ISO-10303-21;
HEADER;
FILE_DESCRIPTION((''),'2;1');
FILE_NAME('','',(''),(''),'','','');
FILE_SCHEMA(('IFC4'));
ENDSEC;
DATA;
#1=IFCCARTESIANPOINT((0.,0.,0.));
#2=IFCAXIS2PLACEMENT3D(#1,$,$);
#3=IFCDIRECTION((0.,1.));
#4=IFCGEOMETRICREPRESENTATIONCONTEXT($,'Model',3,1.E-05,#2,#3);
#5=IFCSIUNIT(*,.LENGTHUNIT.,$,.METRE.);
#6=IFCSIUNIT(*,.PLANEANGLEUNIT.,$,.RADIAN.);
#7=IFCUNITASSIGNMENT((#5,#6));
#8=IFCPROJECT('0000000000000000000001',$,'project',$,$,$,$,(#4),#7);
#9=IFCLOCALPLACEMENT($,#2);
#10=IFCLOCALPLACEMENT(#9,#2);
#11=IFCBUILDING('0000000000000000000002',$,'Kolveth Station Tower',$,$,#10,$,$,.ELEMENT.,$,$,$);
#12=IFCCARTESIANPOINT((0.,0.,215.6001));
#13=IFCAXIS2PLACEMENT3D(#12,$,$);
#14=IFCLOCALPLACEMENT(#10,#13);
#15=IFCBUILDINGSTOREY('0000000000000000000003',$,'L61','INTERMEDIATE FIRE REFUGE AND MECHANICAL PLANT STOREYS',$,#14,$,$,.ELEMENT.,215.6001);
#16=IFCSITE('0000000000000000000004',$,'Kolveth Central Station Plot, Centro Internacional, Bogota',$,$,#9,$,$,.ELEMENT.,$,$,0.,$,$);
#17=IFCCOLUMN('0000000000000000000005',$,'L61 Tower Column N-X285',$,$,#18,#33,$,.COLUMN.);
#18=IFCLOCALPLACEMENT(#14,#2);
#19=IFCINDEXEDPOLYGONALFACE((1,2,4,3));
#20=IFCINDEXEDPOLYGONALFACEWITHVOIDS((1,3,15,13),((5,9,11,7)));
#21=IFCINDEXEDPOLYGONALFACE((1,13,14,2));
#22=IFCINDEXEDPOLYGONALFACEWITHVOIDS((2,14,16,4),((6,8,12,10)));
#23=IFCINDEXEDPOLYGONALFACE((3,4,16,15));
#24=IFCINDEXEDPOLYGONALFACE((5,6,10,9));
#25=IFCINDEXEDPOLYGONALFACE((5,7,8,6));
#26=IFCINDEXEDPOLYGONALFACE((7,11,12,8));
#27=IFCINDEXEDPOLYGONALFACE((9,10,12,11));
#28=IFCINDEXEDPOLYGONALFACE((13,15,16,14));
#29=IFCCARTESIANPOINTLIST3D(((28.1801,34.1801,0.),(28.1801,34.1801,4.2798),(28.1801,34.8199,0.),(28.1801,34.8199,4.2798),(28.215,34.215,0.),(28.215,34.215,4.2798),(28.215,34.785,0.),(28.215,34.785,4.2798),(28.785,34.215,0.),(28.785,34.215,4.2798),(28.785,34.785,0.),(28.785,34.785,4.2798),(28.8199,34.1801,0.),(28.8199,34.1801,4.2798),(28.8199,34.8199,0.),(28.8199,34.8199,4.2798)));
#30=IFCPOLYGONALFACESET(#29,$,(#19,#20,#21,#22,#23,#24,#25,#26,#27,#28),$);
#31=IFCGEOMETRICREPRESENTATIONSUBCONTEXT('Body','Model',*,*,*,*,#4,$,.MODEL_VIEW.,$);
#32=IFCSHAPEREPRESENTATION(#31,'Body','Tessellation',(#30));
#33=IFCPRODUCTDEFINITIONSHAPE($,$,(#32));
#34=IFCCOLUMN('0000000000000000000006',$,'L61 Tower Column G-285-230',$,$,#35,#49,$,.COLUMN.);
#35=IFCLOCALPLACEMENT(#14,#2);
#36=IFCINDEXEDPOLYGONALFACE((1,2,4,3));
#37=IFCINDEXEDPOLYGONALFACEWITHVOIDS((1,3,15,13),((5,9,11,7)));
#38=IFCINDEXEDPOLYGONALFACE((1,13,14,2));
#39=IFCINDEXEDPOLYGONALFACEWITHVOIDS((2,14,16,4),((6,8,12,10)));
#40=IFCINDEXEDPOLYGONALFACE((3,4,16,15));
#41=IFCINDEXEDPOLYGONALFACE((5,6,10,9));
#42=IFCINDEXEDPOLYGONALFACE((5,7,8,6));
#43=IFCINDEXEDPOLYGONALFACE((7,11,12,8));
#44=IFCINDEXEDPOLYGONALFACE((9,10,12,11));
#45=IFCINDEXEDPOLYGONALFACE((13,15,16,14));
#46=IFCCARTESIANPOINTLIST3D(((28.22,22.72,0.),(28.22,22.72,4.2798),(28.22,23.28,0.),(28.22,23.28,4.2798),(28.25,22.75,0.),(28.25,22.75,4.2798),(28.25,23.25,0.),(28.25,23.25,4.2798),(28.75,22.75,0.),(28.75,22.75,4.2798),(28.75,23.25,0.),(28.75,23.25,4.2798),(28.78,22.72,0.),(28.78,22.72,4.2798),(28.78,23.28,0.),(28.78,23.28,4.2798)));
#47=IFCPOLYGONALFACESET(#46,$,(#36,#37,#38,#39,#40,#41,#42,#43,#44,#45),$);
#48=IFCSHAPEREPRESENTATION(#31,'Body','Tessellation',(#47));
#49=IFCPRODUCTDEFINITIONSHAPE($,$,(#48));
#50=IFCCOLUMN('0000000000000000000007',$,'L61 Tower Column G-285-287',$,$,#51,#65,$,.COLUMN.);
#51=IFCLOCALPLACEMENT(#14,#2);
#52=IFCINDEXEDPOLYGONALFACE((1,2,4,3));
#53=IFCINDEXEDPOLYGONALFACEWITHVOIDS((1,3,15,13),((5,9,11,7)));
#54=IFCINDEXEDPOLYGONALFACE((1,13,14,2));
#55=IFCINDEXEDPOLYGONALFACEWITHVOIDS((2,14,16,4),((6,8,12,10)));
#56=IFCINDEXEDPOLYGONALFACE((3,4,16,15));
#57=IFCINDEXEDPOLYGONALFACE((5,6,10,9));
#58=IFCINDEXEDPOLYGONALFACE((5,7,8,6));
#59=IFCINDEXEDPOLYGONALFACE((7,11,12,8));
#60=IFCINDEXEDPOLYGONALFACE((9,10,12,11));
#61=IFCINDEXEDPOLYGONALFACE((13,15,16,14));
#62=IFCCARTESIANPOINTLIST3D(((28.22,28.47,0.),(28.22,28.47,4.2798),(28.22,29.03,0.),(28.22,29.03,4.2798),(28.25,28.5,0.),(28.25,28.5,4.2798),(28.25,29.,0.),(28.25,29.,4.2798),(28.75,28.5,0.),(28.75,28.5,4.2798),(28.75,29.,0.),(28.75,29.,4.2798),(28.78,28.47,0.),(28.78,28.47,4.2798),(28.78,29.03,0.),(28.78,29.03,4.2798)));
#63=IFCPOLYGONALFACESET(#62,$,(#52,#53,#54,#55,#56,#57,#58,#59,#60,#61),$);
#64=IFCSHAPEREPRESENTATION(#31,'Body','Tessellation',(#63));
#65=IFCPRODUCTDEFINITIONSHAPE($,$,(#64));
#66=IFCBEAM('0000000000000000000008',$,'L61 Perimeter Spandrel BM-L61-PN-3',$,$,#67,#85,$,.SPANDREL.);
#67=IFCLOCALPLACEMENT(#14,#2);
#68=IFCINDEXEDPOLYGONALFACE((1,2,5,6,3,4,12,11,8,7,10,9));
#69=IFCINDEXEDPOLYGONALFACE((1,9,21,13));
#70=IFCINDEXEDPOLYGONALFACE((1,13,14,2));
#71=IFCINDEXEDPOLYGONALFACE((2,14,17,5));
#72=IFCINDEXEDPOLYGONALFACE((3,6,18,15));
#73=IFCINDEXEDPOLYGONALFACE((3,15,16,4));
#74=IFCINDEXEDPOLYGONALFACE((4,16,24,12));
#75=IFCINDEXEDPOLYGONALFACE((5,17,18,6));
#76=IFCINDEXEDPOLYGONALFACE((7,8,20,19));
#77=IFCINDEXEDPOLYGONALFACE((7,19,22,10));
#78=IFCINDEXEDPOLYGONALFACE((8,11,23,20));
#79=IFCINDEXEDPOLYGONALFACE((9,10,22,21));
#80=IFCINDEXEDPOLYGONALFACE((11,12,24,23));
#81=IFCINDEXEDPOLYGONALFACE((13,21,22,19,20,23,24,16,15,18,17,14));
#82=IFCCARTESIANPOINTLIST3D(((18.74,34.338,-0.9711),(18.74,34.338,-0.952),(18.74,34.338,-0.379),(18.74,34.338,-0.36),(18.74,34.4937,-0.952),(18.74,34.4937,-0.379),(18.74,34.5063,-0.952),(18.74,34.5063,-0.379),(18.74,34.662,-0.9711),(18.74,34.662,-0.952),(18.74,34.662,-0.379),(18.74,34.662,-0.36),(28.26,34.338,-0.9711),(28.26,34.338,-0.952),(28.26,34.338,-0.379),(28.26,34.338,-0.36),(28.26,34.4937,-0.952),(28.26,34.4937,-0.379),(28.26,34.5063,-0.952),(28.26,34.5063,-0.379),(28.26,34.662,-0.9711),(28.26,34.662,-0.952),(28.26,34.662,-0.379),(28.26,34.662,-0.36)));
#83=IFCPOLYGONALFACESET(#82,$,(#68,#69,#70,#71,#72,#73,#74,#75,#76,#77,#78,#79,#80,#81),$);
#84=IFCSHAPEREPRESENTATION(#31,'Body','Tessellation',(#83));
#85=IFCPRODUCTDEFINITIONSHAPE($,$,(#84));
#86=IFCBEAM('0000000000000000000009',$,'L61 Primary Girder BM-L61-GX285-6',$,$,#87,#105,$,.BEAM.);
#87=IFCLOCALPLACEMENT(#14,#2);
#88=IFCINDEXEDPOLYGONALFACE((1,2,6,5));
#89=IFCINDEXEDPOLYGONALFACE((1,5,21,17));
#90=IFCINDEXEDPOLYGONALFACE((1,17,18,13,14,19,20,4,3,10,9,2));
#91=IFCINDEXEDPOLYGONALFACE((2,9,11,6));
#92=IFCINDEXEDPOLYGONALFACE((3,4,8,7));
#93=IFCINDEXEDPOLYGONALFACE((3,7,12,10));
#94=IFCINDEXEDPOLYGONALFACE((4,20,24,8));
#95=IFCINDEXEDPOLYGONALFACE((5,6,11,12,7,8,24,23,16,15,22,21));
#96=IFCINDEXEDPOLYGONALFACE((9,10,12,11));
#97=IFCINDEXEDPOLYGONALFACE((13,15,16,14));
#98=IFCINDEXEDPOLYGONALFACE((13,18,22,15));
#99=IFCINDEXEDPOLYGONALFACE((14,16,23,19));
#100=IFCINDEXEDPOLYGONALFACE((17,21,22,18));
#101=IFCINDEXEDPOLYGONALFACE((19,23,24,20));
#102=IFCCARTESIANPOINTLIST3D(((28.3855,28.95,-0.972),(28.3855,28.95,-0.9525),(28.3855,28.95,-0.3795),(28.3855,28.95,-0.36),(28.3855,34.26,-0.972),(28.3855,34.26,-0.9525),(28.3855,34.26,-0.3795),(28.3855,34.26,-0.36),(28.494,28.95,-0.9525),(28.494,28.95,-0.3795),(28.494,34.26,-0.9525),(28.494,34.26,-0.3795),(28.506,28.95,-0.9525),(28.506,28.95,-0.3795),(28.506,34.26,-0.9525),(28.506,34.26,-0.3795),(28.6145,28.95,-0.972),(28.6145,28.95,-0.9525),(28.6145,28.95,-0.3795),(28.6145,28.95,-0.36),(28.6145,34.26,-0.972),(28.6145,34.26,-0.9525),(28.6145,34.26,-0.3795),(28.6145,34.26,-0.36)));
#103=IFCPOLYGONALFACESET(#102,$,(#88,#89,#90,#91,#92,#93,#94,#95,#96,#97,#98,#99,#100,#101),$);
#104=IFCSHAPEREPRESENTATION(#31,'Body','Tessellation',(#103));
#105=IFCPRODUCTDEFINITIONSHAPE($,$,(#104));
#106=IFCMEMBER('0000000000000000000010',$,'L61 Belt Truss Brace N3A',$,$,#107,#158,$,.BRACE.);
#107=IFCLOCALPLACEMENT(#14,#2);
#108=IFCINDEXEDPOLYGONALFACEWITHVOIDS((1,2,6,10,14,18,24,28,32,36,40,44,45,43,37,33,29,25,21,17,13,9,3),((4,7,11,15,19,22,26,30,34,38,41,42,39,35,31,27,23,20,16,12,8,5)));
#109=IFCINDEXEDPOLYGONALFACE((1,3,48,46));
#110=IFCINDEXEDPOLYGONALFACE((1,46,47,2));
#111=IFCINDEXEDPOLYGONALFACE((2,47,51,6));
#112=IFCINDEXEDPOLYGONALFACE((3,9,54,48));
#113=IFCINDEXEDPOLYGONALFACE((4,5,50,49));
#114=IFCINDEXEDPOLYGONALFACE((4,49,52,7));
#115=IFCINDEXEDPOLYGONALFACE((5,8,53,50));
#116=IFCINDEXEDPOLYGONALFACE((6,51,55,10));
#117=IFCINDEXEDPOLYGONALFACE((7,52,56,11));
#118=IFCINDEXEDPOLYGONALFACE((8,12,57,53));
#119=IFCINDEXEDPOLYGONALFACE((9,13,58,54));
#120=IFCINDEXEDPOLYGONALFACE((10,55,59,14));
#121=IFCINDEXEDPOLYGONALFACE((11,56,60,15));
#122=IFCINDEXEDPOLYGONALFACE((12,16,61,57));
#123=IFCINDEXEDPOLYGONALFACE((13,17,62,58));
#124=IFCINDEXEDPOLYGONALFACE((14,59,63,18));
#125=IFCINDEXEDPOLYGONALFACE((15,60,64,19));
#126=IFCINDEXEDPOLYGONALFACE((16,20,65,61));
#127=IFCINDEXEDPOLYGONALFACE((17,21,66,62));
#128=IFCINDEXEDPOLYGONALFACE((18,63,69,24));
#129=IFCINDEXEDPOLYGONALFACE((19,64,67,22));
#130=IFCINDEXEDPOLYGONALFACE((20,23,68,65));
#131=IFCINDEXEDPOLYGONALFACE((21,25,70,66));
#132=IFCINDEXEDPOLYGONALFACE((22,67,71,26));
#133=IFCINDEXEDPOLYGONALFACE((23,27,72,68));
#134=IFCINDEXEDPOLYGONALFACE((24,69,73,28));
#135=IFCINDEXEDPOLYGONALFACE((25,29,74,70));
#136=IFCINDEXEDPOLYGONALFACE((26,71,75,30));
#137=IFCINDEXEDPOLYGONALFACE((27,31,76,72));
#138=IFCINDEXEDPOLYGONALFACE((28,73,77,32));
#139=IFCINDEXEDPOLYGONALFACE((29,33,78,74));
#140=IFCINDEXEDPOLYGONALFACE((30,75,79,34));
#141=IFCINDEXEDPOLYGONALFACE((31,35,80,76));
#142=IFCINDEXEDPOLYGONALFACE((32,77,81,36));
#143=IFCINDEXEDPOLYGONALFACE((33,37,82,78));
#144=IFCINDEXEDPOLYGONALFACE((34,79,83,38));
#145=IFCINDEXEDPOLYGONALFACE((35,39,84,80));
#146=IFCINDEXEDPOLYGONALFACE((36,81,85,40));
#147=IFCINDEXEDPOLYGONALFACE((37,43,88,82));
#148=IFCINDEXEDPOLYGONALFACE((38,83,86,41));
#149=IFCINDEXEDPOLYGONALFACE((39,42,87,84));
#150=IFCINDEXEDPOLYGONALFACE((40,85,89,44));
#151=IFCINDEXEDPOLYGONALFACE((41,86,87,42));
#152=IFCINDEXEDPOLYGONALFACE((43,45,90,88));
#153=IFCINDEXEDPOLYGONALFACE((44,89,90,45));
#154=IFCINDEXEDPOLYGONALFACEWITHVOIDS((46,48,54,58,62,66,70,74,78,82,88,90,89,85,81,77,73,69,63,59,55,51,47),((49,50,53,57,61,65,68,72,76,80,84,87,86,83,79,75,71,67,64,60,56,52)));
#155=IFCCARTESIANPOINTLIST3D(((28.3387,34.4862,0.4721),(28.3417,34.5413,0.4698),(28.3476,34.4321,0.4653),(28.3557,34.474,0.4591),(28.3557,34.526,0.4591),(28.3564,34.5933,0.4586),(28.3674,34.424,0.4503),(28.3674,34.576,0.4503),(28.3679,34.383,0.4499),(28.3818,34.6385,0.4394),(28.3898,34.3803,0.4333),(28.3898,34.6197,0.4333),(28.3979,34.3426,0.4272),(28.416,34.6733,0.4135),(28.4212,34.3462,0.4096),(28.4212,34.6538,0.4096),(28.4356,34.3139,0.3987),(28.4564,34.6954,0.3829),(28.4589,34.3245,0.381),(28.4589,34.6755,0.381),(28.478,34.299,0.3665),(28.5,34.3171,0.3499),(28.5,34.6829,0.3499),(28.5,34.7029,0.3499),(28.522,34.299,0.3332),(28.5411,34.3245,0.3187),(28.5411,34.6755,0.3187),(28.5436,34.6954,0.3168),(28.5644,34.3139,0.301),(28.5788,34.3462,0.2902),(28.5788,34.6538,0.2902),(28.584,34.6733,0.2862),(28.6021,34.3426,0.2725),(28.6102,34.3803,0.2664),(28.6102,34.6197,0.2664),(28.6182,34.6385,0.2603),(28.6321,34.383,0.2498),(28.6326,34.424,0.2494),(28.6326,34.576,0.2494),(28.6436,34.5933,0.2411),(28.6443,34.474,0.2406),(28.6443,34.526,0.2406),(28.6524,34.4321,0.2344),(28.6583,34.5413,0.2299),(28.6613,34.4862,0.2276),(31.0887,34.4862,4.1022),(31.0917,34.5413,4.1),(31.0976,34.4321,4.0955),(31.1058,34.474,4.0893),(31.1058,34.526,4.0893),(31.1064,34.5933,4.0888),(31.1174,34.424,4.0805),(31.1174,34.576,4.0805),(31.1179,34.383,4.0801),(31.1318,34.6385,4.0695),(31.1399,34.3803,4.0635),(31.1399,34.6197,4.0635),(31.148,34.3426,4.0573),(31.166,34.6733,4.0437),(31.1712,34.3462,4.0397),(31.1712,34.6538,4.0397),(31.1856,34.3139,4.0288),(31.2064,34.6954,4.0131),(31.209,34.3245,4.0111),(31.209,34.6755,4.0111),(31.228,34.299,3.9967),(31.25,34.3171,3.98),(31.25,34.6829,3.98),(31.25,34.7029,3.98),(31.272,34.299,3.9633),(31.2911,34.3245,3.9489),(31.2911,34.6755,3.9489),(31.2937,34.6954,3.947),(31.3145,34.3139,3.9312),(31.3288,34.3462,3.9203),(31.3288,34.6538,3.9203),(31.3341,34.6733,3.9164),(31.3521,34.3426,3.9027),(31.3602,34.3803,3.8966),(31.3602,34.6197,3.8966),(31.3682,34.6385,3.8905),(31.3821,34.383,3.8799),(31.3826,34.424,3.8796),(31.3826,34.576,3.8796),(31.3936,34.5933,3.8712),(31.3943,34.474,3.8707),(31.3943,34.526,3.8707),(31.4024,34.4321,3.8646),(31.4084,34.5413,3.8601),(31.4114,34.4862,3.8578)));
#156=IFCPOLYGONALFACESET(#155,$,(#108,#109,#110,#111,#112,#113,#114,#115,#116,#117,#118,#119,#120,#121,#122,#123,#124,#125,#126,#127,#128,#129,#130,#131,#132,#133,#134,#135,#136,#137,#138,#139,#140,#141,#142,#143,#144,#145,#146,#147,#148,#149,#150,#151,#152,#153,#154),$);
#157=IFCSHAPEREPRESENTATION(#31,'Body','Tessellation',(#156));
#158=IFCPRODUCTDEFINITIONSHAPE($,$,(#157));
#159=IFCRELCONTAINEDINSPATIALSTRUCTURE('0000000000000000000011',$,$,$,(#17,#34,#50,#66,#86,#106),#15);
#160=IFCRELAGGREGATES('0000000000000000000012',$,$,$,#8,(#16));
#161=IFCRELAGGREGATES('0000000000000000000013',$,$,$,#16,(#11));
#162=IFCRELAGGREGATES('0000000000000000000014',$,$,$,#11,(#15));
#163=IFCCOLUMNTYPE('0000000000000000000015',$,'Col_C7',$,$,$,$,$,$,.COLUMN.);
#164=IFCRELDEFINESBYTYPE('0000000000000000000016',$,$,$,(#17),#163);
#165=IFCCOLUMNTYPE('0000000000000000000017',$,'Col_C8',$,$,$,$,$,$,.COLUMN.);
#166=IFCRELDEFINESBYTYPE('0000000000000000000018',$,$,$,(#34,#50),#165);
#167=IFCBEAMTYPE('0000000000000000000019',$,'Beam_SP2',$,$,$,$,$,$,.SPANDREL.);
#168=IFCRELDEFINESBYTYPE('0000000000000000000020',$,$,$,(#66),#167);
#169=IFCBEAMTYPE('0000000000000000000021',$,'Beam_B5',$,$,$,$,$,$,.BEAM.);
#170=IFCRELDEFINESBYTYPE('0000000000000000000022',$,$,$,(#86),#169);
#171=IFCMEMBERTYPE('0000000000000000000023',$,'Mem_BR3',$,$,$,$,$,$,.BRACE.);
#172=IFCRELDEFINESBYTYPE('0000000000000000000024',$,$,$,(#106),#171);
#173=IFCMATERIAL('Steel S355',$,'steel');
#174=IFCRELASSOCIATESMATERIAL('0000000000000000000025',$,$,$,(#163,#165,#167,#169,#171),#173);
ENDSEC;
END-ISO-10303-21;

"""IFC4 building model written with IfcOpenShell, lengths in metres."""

from ifc_helpers import new_model, si_unit, direction, frame, origin, origin_2d, place, context, subcontext, project, spatial, hollow_rectangle, hollow_circle, i_section, extrude, source, transform, mapped, material, material_profile, profile_set, type_object, element, save


model = new_model("IFC4")

# Units and contexts
model_context = context("Model", 3, precision=1e-05, world=origin(), true_north=direction((0.0, 1.0)))
body_context = subcontext(model_context, "Body", "Model", "MODEL_VIEW")
ifc_project = project(units=[si_unit("LENGTHUNIT", "METRE"), si_unit("PLANEANGLEUNIT", "RADIAN")], contexts=[model_context])

# Site, building, storey
site_placement = place(None, origin())
site = spatial("IfcSite", under=ifc_project, at=site_placement, Name="Kolveth Central Station Plot, Centro Internacional, Bogota", CompositionType="ELEMENT", RefElevation=0.0)
building_placement = place(site_placement, origin())
building = spatial("IfcBuilding", under=site, at=building_placement, Name="Kolveth Station Tower", CompositionType="ELEMENT")
storey_placement = place(building_placement, frame((0.0, 0.0, 215.6001)))
storey = spatial("IfcBuildingStorey", under=building, at=storey_placement, Name="L61", Description="INTERMEDIATE FIRE REFUGE AND MECHANICAL PLANT STOREYS", CompositionType="ELEMENT", Elevation=215.6001)

# Columns
ifc_material_1 = material(Name="Steel S355", Category="steel")
ifc_material_profile_1 = material_profile(ifc_material_1, hollow_rectangle(XDim=0.6399, YDim=0.6399, WallThickness=0.0349, at=origin_2d()), Name="BOX640x640x35")
ifc_profile_set_1 = profile_set([ifc_material_profile_1], Name="Steel S355")
column_type_1 = type_object("IfcColumnType", Name="Col_C7", PredefinedType="COLUMN", material=ifc_profile_set_1)
shared_shape_1 = source(origin(), body_context, "Body", "SweptSolid", [
    extrude(hollow_rectangle(XDim=0.6399, YDim=0.6399, WallThickness=0.0349, at=origin_2d()), origin(), (0.0, 0.0, 1.0), 4.2798),
])
column_placement = place(storey_placement, frame((28.5, 34.5, 0.0), z_axis=(0.0, 0.0, 1.0), x_axis=(1.0, 0.0, 0.0)))
element("IfcColumn", 1, at=column_placement, inside=storey, type_object=column_type_1, Name="L61 Tower Column N-X285", PredefinedType="COLUMN", context=body_context, shape_type="MappedRepresentation", body=[
    mapped(shared_shape_1, transform((0.0, 0.0, 0.0), x_axis=(1.0, 0.0, 0.0), y_axis=(0.0, 1.0, 0.0), z_axis=(0.0, 0.0, 1.0), scale=1.0)),
])
ifc_material_profile_2 = material_profile(ifc_material_1, hollow_rectangle(XDim=0.5601, YDim=0.5601, WallThickness=0.03, at=origin_2d()), Name="BOX560x560x30")
ifc_profile_set_2 = profile_set([ifc_material_profile_2], Name="Steel S355")
column_type_2 = type_object("IfcColumnType", Name="Col_C8", PredefinedType="COLUMN", material=ifc_profile_set_2)
shared_shape_2 = source(origin(), body_context, "Body", "SweptSolid", [
    extrude(hollow_rectangle(XDim=0.5601, YDim=0.5601, WallThickness=0.03, at=origin_2d()), origin(), (0.0, 0.0, 1.0), 4.2798),
])
for number, where, z_axis, x_axis, name in (
    (2, (28.5, 23.0, 0.0), (0.0, 0.0, 1.0), (1.0, 0.0, 0.0), "L61 Tower Column G-285-230"),
    (3, (28.5, 28.75, 0.0), (0.0, 0.0, 1.0), (1.0, 0.0, 0.0), "L61 Tower Column G-285-287"),
):
    element("IfcColumn", number, at=place(storey_placement, frame(where, z_axis=z_axis, x_axis=x_axis)), inside=storey, type_object=column_type_2, Name=name, PredefinedType="COLUMN", context=body_context, shape_type="MappedRepresentation", body=[
        mapped(shared_shape_2, transform((0.0, 0.0, 0.0), x_axis=(1.0, 0.0, 0.0), y_axis=(0.0, 1.0, 0.0), z_axis=(0.0, 0.0, 1.0), scale=1.0)),
    ])

# Beams
ifc_material_profile_3 = material_profile(ifc_material_1, i_section(OverallWidth=0.324, OverallDepth=0.6111, WebThickness=0.0127, FlangeThickness=0.019, at=origin_2d()), Name="W610x155")
ifc_profile_set_3 = profile_set([ifc_material_profile_3], Name="Steel S355")
beam_type_1 = type_object("IfcBeamType", Name="Beam_SP2", PredefinedType="SPANDREL", material=ifc_profile_set_3)
shared_shape_3 = source(origin(), body_context, "Body", "SweptSolid", [
    extrude(i_section(OverallWidth=0.324, OverallDepth=0.6111, WebThickness=0.0127, FlangeThickness=0.019, at=origin_2d()), origin(), (0.0, 0.0, 1.0), 9.52),
])
beam_1_placement = place(storey_placement, frame((18.74, 34.5, -0.6655), z_axis=(1.0, 0.0, 0.0), x_axis=(0.0, 1.0, 0.0)))
element("IfcBeam", 4, at=beam_1_placement, inside=storey, type_object=beam_type_1, Name="L61 Perimeter Spandrel BM-L61-PN-3", PredefinedType="SPANDREL", context=body_context, shape_type="MappedRepresentation", body=[
    mapped(shared_shape_3, transform((0.0, 0.0, 0.0), x_axis=(1.0, 0.0, 0.0), y_axis=(0.0, 1.0, 0.0), z_axis=(0.0, 0.0, 1.0), scale=1.0)),
])
ifc_material_profile_4 = material_profile(ifc_material_1, i_section(OverallWidth=0.229, OverallDepth=0.6121, WebThickness=0.012, FlangeThickness=0.0195, at=origin_2d()), Name="W610x125")
ifc_profile_set_4 = profile_set([ifc_material_profile_4], Name="Steel S355")
beam_type_2 = type_object("IfcBeamType", Name="Beam_B5", PredefinedType="BEAM", material=ifc_profile_set_4)
shared_shape_4 = source(origin(), body_context, "Body", "SweptSolid", [
    extrude(i_section(OverallWidth=0.229, OverallDepth=0.6121, WebThickness=0.012, FlangeThickness=0.0195, at=origin_2d()), origin(), (0.0, 0.0, 1.0), 5.3101),
])
beam_2_placement = place(storey_placement, frame((28.5, 28.95, -0.666), z_axis=(0.0, 1.0, 0.0), x_axis=(-1.0, 0.0, 0.0)))
element("IfcBeam", 5, at=beam_2_placement, inside=storey, type_object=beam_type_2, Name="L61 Primary Girder BM-L61-GX285-6", PredefinedType="BEAM", context=body_context, shape_type="MappedRepresentation", body=[
    mapped(shared_shape_4, transform((0.0, 0.0, 0.0), x_axis=(1.0, 0.0, 0.0), y_axis=(0.0, 1.0, 0.0), z_axis=(0.0, 0.0, 1.0), scale=1.0)),
])

# Member
ifc_material_profile_5 = material_profile(ifc_material_1, hollow_circle(Radius=0.2029, WallThickness=0.02, at=origin_2d()), Name="CHS406x20")
ifc_profile_set_5 = profile_set([ifc_material_profile_5], Name="Steel S355")
member_type_1 = type_object("IfcMemberType", Name="Mem_BR3", PredefinedType="BRACE", material=ifc_profile_set_5)
shared_shape_5 = source(origin(), body_context, "Body", "SweptSolid", [
    extrude(hollow_circle(Radius=0.2029, WallThickness=0.02, at=origin_2d()), origin(), (0.0, 0.0, 1.0), 4.5542),
])
member_1_placement = place(storey_placement, frame((28.5, 34.5, 0.3499), z_axis=(0.603844, 0.0, 0.797102), x_axis=(0.0, 1.0, 0.0)))
element("IfcMember", 6, at=member_1_placement, inside=storey, type_object=member_type_1, Name="L61 Belt Truss Brace N3A", PredefinedType="BRACE", context=body_context, shape_type="MappedRepresentation", body=[
    mapped(shared_shape_5, transform((0.0, 0.0, 0.0), x_axis=(1.0, 0.0, 0.0), y_axis=(0.0, 1.0, 0.0), z_axis=(0.0, 0.0, 1.0), scale=1.0)),
])

save(model, "model.ifc")
